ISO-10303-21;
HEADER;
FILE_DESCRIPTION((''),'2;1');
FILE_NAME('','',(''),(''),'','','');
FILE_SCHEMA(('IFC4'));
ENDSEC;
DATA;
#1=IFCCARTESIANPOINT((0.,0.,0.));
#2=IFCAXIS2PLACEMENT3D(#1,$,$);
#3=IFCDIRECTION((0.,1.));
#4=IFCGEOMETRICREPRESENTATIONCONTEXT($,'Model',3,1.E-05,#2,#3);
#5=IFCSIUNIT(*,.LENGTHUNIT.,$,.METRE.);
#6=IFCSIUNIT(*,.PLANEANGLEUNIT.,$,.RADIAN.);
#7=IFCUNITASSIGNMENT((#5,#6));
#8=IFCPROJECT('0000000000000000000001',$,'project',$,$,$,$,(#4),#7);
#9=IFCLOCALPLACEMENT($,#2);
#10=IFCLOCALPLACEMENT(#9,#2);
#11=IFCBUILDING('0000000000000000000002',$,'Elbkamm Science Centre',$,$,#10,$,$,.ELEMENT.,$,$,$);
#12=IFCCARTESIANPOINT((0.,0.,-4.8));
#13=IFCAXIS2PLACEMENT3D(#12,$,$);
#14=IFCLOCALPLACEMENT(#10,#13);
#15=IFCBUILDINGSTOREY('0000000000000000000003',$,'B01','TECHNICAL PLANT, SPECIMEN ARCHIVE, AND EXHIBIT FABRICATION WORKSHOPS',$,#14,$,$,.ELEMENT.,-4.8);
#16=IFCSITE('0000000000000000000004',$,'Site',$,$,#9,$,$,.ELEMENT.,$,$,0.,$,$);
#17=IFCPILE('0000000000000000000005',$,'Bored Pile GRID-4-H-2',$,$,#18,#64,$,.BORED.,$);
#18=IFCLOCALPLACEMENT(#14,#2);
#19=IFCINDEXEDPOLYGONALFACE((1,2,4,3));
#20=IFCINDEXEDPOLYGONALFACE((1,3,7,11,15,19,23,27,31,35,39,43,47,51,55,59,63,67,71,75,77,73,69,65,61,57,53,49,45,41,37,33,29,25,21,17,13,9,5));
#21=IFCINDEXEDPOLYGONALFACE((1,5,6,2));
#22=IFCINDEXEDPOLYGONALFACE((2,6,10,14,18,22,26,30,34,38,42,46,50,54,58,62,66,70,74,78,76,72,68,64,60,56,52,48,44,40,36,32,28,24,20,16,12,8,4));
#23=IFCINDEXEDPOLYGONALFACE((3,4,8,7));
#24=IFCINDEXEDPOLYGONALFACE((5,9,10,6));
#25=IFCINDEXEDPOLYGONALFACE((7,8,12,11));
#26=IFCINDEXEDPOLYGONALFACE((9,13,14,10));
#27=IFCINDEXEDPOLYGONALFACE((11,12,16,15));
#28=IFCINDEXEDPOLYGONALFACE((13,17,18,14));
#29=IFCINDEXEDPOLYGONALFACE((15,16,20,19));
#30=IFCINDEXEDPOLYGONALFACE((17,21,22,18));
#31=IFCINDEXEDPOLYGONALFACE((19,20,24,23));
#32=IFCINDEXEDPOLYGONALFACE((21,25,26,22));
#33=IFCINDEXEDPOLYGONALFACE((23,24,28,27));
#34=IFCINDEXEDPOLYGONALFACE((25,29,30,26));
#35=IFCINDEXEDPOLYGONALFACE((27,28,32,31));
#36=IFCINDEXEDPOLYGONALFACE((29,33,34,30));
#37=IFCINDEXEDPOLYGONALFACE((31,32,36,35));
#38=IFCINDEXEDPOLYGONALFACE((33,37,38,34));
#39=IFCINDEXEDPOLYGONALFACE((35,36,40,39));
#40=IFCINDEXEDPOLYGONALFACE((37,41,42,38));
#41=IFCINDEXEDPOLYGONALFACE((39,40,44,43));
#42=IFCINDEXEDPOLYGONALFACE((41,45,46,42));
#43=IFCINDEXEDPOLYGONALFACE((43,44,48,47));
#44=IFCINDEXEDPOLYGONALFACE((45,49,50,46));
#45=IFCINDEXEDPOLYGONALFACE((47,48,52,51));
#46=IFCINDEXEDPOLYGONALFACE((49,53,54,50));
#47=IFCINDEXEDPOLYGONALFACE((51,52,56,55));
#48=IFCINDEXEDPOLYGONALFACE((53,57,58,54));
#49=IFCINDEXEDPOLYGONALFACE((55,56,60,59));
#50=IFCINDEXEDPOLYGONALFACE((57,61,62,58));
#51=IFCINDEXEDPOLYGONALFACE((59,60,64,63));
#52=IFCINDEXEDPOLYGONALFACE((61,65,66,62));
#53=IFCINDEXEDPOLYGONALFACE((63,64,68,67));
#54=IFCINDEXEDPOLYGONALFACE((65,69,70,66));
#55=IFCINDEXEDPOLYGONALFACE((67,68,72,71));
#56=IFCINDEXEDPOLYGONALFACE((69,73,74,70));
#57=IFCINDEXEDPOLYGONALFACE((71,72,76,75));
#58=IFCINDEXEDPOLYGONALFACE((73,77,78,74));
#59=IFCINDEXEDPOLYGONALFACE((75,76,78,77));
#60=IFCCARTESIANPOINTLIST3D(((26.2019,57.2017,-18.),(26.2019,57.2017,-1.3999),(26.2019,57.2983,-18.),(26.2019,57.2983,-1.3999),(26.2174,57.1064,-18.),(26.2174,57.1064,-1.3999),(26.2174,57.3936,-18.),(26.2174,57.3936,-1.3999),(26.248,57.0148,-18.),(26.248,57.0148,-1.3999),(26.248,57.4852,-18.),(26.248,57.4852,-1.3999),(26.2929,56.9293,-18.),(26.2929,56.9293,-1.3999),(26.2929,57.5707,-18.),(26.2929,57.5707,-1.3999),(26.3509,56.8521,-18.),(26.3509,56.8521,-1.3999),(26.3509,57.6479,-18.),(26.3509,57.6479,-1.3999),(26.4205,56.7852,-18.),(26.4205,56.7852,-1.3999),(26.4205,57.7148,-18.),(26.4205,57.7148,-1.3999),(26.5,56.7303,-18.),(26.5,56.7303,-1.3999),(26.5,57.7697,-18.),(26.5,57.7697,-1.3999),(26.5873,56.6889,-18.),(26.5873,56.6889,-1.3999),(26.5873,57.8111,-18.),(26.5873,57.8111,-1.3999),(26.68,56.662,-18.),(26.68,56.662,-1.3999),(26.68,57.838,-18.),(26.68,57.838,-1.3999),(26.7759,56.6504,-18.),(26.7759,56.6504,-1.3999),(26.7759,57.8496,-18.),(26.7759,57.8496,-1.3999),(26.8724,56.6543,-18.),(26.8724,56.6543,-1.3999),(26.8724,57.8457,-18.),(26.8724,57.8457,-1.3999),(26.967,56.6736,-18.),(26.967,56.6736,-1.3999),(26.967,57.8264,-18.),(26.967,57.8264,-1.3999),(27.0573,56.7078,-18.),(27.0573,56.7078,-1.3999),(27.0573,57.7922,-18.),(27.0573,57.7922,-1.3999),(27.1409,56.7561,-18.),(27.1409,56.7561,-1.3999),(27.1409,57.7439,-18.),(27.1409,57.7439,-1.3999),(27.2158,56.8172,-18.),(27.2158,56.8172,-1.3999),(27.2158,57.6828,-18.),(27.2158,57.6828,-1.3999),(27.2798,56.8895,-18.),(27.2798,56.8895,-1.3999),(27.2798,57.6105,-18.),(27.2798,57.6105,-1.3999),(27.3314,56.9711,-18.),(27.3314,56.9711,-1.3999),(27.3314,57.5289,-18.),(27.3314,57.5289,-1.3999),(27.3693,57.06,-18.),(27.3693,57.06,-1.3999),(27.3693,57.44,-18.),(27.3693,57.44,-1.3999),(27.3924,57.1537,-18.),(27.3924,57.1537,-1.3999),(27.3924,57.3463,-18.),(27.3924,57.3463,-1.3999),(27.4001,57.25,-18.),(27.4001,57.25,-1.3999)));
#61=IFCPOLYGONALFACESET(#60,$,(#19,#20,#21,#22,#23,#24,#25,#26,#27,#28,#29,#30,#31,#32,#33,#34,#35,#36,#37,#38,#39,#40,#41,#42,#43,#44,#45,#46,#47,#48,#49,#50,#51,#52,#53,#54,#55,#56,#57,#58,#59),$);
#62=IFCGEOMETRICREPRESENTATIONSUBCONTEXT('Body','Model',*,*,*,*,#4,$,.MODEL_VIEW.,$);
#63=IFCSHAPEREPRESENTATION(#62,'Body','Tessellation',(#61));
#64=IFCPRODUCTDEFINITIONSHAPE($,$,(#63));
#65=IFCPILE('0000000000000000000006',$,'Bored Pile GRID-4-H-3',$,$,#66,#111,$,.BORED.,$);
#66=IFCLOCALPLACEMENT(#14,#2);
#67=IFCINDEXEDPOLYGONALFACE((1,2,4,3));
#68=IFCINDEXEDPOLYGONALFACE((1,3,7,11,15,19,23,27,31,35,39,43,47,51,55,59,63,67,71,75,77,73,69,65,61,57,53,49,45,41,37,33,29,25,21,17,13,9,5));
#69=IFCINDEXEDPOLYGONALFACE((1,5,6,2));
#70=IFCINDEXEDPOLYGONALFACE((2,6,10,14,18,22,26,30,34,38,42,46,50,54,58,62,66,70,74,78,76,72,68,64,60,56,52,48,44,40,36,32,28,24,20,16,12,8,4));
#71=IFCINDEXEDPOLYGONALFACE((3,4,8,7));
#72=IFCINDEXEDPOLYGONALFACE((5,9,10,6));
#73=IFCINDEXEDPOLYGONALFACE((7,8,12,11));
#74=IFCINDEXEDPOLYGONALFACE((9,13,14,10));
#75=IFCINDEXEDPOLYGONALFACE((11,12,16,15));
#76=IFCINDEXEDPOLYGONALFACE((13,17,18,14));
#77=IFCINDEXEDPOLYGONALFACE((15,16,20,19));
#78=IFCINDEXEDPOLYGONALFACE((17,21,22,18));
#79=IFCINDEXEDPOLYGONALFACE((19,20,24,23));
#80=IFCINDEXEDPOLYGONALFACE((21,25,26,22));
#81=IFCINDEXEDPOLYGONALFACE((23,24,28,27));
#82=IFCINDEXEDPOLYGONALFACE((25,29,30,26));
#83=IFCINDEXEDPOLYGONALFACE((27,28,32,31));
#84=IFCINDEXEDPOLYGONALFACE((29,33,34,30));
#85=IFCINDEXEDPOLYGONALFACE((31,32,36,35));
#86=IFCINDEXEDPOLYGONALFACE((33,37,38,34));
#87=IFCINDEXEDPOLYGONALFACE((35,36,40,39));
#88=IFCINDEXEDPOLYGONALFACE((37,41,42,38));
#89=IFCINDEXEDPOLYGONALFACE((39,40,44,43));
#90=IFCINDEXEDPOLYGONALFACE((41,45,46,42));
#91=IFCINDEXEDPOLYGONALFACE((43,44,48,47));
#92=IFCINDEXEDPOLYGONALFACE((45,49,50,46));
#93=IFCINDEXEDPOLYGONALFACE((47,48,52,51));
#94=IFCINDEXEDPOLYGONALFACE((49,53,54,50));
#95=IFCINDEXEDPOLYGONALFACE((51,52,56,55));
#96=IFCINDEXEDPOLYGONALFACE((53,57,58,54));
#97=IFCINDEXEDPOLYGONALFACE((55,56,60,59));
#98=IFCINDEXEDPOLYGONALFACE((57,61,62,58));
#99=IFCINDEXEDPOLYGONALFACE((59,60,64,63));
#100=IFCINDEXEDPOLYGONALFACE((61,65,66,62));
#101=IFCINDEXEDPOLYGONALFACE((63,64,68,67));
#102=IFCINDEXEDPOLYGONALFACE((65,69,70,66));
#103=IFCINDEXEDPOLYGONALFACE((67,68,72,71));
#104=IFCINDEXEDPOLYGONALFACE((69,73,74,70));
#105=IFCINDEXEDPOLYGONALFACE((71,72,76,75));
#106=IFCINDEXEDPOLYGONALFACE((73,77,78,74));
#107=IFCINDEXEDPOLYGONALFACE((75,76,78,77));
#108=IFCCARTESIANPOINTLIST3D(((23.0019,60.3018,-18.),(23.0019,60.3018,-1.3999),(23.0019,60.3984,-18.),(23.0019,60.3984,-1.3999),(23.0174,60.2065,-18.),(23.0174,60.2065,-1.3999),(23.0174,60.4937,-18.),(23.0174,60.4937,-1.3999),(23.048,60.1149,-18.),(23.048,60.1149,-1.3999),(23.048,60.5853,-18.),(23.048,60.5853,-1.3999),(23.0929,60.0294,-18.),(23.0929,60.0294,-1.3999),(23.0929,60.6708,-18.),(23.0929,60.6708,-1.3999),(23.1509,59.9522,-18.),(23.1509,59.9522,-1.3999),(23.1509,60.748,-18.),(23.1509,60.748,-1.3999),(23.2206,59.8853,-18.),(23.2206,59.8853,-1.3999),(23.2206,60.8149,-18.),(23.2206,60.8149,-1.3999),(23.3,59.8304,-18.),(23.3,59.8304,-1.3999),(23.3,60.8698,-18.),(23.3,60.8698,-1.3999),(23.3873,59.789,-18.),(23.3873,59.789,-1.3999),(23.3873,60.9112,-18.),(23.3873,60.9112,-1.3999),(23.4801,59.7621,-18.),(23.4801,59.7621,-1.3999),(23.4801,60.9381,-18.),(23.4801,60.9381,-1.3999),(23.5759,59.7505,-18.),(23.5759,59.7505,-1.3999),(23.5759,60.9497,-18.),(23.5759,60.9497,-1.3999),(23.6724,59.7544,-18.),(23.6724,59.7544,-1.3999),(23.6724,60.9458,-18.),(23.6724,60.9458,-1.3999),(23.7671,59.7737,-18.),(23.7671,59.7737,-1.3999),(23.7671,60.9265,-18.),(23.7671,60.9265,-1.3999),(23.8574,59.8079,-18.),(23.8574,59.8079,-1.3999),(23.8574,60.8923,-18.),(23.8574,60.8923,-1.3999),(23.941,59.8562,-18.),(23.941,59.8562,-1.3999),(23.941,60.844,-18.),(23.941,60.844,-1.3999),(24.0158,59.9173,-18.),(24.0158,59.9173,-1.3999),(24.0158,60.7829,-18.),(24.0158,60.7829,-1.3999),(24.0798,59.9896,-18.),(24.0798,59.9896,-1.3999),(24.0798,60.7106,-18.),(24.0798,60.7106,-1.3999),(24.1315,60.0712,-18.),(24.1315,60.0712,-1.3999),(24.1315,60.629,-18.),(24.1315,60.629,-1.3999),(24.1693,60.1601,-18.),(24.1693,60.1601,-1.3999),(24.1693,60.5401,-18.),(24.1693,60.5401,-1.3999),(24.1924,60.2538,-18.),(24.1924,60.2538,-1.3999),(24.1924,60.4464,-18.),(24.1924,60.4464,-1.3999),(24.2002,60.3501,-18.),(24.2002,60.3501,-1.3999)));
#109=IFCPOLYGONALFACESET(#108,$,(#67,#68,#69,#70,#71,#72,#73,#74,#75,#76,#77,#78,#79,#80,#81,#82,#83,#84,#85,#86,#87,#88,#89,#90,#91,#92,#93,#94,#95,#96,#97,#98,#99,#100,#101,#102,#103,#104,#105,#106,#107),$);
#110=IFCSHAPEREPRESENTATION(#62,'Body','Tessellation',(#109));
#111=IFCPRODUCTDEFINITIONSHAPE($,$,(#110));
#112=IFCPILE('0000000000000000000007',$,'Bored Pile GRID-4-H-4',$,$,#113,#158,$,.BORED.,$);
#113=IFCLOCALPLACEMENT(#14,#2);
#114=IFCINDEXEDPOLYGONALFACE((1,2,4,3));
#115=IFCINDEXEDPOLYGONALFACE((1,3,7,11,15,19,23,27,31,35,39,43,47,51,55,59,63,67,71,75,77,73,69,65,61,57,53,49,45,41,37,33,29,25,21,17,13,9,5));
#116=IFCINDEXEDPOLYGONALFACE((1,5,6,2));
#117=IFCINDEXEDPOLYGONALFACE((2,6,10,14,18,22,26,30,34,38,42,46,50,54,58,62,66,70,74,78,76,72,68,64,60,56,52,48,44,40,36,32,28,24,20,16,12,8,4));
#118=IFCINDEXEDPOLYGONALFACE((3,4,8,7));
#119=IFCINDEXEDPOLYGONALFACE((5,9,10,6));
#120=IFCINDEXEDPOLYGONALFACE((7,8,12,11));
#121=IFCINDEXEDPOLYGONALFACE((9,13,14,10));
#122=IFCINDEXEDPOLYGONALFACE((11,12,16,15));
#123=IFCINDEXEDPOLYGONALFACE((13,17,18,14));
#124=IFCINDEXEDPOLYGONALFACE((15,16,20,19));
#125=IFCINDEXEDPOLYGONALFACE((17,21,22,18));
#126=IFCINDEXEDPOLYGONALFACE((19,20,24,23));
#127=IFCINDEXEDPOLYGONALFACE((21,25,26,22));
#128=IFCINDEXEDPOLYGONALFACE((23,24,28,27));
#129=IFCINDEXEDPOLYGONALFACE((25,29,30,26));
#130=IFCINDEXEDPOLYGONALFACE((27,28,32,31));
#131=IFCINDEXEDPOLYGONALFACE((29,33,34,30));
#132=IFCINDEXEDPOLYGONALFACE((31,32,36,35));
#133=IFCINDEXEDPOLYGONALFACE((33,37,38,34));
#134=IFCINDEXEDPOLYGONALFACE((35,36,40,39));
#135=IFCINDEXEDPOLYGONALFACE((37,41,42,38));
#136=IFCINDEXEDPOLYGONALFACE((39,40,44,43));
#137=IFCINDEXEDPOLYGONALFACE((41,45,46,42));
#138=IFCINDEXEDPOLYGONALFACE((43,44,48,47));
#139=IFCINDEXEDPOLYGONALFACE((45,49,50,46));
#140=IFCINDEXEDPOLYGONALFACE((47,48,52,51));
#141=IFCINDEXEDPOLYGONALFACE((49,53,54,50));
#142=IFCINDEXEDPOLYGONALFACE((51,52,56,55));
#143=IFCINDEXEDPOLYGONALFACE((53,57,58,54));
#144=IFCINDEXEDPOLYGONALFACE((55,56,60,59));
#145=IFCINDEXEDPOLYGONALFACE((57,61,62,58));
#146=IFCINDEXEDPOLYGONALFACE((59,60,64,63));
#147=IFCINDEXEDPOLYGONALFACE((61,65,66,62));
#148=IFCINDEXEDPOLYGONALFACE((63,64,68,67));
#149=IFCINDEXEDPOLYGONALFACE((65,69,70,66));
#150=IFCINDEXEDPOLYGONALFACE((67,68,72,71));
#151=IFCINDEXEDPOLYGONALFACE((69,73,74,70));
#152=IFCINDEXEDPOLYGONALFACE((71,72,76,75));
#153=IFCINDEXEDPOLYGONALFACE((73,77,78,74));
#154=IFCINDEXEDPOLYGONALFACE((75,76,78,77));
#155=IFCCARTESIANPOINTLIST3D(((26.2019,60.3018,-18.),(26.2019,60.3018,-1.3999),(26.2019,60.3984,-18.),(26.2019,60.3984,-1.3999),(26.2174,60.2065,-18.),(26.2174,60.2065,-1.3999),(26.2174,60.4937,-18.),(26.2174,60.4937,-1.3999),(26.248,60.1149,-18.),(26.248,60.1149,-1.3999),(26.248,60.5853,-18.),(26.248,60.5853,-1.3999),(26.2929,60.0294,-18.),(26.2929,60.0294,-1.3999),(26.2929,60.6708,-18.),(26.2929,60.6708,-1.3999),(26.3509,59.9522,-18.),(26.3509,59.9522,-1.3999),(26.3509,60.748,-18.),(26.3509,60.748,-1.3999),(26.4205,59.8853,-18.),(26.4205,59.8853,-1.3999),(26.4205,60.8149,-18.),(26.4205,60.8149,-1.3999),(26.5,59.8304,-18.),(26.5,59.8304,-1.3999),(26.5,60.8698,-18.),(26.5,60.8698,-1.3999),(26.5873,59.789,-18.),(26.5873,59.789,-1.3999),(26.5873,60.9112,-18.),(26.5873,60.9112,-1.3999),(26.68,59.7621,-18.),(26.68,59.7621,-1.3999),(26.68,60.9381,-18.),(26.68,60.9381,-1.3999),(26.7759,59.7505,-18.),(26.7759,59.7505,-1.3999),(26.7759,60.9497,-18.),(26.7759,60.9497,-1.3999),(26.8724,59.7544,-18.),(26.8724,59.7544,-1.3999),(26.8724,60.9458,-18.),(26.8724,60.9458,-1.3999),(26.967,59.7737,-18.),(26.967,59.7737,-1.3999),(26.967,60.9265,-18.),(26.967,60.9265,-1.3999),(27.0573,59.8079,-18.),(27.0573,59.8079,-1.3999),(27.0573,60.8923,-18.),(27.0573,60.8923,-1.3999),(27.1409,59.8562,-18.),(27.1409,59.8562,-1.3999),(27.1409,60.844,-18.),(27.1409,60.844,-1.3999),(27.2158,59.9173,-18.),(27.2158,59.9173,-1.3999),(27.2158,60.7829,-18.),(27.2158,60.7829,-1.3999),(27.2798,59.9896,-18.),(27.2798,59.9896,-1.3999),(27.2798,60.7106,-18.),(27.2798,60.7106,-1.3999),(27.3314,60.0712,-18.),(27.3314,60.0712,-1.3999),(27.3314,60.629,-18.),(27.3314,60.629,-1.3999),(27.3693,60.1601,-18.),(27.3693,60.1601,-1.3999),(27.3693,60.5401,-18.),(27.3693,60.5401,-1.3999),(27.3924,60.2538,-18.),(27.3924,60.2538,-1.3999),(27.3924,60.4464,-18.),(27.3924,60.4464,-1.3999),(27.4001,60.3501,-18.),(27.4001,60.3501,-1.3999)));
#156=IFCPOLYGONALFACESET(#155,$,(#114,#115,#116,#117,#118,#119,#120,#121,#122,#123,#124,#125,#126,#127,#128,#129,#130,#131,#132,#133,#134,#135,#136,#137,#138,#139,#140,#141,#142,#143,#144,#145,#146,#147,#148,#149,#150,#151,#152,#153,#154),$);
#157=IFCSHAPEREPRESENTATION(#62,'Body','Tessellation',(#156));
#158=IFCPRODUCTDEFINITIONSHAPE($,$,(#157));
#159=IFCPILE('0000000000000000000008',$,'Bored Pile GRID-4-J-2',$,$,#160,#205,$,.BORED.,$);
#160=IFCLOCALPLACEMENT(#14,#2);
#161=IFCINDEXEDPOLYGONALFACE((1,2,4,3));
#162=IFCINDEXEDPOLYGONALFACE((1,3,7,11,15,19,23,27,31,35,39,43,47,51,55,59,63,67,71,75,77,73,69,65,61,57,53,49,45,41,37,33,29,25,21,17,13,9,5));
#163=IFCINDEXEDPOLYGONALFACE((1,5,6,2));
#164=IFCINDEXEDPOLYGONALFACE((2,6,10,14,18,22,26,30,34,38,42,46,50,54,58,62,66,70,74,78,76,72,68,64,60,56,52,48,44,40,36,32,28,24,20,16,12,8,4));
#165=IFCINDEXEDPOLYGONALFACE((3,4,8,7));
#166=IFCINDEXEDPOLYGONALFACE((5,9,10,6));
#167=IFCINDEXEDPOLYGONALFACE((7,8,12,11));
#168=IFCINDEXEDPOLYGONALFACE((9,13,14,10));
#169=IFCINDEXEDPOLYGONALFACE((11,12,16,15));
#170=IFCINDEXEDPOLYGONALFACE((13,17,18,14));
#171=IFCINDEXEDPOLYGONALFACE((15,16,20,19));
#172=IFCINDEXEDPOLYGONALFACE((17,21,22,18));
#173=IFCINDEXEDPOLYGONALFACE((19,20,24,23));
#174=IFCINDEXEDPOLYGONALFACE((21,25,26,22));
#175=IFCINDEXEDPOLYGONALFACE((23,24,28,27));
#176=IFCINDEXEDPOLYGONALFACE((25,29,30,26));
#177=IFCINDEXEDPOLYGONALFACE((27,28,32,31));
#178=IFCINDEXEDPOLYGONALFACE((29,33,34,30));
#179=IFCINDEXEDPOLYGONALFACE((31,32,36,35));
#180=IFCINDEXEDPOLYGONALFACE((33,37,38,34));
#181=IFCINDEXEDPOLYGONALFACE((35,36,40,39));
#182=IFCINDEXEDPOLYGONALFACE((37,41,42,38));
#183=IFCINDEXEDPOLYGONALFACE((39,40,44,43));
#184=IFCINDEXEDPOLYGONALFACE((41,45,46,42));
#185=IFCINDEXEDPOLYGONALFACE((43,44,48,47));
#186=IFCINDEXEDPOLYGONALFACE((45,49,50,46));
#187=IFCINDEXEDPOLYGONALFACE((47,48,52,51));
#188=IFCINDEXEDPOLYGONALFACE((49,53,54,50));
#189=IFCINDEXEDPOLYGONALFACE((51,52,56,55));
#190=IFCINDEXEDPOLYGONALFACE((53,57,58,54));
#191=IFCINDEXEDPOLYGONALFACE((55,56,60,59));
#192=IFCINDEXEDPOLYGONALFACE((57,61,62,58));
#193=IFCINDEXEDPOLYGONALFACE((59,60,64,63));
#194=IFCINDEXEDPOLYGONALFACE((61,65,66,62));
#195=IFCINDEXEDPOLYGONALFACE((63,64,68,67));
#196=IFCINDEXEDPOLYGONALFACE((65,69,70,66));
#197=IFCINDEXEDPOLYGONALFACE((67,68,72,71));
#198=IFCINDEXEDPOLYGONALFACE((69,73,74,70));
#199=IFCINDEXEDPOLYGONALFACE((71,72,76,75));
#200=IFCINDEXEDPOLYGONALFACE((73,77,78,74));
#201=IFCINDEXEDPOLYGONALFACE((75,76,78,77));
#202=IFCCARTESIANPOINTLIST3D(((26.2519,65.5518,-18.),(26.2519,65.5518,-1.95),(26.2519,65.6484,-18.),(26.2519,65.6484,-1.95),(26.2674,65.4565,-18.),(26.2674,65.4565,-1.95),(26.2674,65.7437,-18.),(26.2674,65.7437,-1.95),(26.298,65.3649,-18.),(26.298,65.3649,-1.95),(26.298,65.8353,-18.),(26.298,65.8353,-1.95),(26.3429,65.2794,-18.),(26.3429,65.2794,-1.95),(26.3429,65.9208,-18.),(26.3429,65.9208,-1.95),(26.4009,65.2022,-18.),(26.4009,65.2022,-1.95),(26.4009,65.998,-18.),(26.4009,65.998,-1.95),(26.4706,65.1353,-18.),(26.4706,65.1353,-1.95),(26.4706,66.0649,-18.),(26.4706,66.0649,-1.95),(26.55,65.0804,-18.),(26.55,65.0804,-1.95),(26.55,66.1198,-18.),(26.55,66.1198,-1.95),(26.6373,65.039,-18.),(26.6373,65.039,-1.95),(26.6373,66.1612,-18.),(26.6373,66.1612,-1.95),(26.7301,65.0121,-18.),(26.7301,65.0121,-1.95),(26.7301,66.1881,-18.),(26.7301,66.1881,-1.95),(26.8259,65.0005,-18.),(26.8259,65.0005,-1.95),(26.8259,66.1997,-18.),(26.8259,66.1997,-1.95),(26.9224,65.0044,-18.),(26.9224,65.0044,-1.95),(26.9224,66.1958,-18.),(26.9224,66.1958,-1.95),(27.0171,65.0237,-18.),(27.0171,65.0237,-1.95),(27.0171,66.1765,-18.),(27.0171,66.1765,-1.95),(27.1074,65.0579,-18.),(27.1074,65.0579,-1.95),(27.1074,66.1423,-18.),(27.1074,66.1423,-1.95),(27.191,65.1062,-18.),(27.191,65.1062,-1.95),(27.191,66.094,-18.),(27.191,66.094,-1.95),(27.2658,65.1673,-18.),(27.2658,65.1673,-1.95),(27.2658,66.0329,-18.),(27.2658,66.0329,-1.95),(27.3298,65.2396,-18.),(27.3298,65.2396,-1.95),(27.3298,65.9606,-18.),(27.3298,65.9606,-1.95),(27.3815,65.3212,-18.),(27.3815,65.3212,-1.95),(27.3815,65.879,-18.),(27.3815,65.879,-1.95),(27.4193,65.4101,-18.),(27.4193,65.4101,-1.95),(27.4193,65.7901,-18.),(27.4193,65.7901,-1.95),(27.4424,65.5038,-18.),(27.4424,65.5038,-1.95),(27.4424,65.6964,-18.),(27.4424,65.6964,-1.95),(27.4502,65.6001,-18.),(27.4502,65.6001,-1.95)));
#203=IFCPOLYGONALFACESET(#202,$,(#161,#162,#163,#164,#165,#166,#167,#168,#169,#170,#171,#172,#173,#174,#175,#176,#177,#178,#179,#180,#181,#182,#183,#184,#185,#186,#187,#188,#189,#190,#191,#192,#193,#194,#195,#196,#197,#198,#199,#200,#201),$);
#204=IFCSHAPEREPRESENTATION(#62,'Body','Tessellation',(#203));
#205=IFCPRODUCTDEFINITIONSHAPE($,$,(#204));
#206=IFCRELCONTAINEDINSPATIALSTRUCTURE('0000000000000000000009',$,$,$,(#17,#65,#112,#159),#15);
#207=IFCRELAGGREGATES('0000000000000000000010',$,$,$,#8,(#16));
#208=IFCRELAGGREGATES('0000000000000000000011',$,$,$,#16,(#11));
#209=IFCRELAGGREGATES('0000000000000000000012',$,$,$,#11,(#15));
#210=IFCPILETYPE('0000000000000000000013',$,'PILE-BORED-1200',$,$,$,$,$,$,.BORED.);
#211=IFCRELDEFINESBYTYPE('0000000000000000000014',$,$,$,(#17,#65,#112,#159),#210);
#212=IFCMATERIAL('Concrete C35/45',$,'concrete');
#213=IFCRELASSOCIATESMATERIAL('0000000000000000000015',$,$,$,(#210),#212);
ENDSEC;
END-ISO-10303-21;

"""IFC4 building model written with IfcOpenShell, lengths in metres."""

from ifc_helpers import new_model, si_unit, direction, frame, origin, origin_2d, place, context, subcontext, project, spatial, circle, extrude, material, material_profile, profile_set, type_object, element, save


model = new_model("IFC4")

# Units and contexts
model_context = context("Model", 3, precision=1e-05, world=origin(), true_north=direction((0.0, 1.0)))
body_context = subcontext(model_context, "Body", "Model", "MODEL_VIEW")
ifc_project = project(units=[si_unit("LENGTHUNIT", "METRE"), si_unit("PLANEANGLEUNIT", "RADIAN")], contexts=[model_context])

# Site, building, storey
site_placement = place(None, origin())
site = spatial("IfcSite", under=ifc_project, at=site_placement, Name="Site", CompositionType="ELEMENT", RefElevation=0.0)
building_placement = place(site_placement, origin())
building = spatial("IfcBuilding", under=site, at=building_placement, Name="Elbkamm Science Centre", CompositionType="ELEMENT")
storey_placement = place(building_placement, frame((0.0, 0.0, -4.8)))
storey = spatial("IfcBuildingStorey", under=building, at=storey_placement, Name="B01", Description="TECHNICAL PLANT, SPECIMEN ARCHIVE, AND EXHIBIT FABRICATION WORKSHOPS", CompositionType="ELEMENT", Elevation=-4.8)

# Shared definitions
ifc_material_1 = material(Name="Concrete C35/45", Category="concrete")

# Piles
ifc_material_profile_1 = material_profile(ifc_material_1, circle(Radius=0.6001, at=origin_2d()), Name="PILE D1200")
ifc_profile_set_1 = profile_set([ifc_material_profile_1], Name="Concrete C35/45")
pile_type_1 = type_object("IfcPileType", Name="PILE-BORED-1200", PredefinedType="BORED", material=ifc_profile_set_1)
for number, where, z_axis, x_axis, name in (
    (1, (26.8, 57.25, -1.3999), (0.0, 0.0, -1.0), (1.0, 0.0, 0.0), "Bored Pile GRID-4-H-2"),
    (2, (23.6001, 60.3501, -1.3999), (0.0, 0.0, -1.0), (1.0, 0.0, 0.0), "Bored Pile GRID-4-H-3"),
    (3, (26.8, 60.3501, -1.3999), (0.0, 0.0, -1.0), (1.0, 0.0, 0.0), "Bored Pile GRID-4-H-4"),
):
    element("IfcPile", number, at=place(storey_placement, frame(where, z_axis=z_axis, x_axis=x_axis)), inside=storey, type_object=pile_type_1, Name=name, PredefinedType="BORED", context=body_context, shape_type="SweptSolid", body=[
        extrude(circle(Radius=0.6001, at=origin_2d()), origin(), (0.0, 0.0, 1.0), 16.6001),
    ])
pile_1_placement = place(storey_placement, frame((26.8501, 65.6001, -1.95), z_axis=(0.0, 0.0, -1.0), x_axis=(1.0, 0.0, 0.0)))
element("IfcPile", 4, at=pile_1_placement, inside=storey, type_object=pile_type_1, Name="Bored Pile GRID-4-J-2", PredefinedType="BORED", context=body_context, shape_type="SweptSolid", body=[
    extrude(circle(Radius=0.6001, at=origin_2d()), origin(), (0.0, 0.0, 1.0), 16.05),
])

save(model, "model.ifc")
